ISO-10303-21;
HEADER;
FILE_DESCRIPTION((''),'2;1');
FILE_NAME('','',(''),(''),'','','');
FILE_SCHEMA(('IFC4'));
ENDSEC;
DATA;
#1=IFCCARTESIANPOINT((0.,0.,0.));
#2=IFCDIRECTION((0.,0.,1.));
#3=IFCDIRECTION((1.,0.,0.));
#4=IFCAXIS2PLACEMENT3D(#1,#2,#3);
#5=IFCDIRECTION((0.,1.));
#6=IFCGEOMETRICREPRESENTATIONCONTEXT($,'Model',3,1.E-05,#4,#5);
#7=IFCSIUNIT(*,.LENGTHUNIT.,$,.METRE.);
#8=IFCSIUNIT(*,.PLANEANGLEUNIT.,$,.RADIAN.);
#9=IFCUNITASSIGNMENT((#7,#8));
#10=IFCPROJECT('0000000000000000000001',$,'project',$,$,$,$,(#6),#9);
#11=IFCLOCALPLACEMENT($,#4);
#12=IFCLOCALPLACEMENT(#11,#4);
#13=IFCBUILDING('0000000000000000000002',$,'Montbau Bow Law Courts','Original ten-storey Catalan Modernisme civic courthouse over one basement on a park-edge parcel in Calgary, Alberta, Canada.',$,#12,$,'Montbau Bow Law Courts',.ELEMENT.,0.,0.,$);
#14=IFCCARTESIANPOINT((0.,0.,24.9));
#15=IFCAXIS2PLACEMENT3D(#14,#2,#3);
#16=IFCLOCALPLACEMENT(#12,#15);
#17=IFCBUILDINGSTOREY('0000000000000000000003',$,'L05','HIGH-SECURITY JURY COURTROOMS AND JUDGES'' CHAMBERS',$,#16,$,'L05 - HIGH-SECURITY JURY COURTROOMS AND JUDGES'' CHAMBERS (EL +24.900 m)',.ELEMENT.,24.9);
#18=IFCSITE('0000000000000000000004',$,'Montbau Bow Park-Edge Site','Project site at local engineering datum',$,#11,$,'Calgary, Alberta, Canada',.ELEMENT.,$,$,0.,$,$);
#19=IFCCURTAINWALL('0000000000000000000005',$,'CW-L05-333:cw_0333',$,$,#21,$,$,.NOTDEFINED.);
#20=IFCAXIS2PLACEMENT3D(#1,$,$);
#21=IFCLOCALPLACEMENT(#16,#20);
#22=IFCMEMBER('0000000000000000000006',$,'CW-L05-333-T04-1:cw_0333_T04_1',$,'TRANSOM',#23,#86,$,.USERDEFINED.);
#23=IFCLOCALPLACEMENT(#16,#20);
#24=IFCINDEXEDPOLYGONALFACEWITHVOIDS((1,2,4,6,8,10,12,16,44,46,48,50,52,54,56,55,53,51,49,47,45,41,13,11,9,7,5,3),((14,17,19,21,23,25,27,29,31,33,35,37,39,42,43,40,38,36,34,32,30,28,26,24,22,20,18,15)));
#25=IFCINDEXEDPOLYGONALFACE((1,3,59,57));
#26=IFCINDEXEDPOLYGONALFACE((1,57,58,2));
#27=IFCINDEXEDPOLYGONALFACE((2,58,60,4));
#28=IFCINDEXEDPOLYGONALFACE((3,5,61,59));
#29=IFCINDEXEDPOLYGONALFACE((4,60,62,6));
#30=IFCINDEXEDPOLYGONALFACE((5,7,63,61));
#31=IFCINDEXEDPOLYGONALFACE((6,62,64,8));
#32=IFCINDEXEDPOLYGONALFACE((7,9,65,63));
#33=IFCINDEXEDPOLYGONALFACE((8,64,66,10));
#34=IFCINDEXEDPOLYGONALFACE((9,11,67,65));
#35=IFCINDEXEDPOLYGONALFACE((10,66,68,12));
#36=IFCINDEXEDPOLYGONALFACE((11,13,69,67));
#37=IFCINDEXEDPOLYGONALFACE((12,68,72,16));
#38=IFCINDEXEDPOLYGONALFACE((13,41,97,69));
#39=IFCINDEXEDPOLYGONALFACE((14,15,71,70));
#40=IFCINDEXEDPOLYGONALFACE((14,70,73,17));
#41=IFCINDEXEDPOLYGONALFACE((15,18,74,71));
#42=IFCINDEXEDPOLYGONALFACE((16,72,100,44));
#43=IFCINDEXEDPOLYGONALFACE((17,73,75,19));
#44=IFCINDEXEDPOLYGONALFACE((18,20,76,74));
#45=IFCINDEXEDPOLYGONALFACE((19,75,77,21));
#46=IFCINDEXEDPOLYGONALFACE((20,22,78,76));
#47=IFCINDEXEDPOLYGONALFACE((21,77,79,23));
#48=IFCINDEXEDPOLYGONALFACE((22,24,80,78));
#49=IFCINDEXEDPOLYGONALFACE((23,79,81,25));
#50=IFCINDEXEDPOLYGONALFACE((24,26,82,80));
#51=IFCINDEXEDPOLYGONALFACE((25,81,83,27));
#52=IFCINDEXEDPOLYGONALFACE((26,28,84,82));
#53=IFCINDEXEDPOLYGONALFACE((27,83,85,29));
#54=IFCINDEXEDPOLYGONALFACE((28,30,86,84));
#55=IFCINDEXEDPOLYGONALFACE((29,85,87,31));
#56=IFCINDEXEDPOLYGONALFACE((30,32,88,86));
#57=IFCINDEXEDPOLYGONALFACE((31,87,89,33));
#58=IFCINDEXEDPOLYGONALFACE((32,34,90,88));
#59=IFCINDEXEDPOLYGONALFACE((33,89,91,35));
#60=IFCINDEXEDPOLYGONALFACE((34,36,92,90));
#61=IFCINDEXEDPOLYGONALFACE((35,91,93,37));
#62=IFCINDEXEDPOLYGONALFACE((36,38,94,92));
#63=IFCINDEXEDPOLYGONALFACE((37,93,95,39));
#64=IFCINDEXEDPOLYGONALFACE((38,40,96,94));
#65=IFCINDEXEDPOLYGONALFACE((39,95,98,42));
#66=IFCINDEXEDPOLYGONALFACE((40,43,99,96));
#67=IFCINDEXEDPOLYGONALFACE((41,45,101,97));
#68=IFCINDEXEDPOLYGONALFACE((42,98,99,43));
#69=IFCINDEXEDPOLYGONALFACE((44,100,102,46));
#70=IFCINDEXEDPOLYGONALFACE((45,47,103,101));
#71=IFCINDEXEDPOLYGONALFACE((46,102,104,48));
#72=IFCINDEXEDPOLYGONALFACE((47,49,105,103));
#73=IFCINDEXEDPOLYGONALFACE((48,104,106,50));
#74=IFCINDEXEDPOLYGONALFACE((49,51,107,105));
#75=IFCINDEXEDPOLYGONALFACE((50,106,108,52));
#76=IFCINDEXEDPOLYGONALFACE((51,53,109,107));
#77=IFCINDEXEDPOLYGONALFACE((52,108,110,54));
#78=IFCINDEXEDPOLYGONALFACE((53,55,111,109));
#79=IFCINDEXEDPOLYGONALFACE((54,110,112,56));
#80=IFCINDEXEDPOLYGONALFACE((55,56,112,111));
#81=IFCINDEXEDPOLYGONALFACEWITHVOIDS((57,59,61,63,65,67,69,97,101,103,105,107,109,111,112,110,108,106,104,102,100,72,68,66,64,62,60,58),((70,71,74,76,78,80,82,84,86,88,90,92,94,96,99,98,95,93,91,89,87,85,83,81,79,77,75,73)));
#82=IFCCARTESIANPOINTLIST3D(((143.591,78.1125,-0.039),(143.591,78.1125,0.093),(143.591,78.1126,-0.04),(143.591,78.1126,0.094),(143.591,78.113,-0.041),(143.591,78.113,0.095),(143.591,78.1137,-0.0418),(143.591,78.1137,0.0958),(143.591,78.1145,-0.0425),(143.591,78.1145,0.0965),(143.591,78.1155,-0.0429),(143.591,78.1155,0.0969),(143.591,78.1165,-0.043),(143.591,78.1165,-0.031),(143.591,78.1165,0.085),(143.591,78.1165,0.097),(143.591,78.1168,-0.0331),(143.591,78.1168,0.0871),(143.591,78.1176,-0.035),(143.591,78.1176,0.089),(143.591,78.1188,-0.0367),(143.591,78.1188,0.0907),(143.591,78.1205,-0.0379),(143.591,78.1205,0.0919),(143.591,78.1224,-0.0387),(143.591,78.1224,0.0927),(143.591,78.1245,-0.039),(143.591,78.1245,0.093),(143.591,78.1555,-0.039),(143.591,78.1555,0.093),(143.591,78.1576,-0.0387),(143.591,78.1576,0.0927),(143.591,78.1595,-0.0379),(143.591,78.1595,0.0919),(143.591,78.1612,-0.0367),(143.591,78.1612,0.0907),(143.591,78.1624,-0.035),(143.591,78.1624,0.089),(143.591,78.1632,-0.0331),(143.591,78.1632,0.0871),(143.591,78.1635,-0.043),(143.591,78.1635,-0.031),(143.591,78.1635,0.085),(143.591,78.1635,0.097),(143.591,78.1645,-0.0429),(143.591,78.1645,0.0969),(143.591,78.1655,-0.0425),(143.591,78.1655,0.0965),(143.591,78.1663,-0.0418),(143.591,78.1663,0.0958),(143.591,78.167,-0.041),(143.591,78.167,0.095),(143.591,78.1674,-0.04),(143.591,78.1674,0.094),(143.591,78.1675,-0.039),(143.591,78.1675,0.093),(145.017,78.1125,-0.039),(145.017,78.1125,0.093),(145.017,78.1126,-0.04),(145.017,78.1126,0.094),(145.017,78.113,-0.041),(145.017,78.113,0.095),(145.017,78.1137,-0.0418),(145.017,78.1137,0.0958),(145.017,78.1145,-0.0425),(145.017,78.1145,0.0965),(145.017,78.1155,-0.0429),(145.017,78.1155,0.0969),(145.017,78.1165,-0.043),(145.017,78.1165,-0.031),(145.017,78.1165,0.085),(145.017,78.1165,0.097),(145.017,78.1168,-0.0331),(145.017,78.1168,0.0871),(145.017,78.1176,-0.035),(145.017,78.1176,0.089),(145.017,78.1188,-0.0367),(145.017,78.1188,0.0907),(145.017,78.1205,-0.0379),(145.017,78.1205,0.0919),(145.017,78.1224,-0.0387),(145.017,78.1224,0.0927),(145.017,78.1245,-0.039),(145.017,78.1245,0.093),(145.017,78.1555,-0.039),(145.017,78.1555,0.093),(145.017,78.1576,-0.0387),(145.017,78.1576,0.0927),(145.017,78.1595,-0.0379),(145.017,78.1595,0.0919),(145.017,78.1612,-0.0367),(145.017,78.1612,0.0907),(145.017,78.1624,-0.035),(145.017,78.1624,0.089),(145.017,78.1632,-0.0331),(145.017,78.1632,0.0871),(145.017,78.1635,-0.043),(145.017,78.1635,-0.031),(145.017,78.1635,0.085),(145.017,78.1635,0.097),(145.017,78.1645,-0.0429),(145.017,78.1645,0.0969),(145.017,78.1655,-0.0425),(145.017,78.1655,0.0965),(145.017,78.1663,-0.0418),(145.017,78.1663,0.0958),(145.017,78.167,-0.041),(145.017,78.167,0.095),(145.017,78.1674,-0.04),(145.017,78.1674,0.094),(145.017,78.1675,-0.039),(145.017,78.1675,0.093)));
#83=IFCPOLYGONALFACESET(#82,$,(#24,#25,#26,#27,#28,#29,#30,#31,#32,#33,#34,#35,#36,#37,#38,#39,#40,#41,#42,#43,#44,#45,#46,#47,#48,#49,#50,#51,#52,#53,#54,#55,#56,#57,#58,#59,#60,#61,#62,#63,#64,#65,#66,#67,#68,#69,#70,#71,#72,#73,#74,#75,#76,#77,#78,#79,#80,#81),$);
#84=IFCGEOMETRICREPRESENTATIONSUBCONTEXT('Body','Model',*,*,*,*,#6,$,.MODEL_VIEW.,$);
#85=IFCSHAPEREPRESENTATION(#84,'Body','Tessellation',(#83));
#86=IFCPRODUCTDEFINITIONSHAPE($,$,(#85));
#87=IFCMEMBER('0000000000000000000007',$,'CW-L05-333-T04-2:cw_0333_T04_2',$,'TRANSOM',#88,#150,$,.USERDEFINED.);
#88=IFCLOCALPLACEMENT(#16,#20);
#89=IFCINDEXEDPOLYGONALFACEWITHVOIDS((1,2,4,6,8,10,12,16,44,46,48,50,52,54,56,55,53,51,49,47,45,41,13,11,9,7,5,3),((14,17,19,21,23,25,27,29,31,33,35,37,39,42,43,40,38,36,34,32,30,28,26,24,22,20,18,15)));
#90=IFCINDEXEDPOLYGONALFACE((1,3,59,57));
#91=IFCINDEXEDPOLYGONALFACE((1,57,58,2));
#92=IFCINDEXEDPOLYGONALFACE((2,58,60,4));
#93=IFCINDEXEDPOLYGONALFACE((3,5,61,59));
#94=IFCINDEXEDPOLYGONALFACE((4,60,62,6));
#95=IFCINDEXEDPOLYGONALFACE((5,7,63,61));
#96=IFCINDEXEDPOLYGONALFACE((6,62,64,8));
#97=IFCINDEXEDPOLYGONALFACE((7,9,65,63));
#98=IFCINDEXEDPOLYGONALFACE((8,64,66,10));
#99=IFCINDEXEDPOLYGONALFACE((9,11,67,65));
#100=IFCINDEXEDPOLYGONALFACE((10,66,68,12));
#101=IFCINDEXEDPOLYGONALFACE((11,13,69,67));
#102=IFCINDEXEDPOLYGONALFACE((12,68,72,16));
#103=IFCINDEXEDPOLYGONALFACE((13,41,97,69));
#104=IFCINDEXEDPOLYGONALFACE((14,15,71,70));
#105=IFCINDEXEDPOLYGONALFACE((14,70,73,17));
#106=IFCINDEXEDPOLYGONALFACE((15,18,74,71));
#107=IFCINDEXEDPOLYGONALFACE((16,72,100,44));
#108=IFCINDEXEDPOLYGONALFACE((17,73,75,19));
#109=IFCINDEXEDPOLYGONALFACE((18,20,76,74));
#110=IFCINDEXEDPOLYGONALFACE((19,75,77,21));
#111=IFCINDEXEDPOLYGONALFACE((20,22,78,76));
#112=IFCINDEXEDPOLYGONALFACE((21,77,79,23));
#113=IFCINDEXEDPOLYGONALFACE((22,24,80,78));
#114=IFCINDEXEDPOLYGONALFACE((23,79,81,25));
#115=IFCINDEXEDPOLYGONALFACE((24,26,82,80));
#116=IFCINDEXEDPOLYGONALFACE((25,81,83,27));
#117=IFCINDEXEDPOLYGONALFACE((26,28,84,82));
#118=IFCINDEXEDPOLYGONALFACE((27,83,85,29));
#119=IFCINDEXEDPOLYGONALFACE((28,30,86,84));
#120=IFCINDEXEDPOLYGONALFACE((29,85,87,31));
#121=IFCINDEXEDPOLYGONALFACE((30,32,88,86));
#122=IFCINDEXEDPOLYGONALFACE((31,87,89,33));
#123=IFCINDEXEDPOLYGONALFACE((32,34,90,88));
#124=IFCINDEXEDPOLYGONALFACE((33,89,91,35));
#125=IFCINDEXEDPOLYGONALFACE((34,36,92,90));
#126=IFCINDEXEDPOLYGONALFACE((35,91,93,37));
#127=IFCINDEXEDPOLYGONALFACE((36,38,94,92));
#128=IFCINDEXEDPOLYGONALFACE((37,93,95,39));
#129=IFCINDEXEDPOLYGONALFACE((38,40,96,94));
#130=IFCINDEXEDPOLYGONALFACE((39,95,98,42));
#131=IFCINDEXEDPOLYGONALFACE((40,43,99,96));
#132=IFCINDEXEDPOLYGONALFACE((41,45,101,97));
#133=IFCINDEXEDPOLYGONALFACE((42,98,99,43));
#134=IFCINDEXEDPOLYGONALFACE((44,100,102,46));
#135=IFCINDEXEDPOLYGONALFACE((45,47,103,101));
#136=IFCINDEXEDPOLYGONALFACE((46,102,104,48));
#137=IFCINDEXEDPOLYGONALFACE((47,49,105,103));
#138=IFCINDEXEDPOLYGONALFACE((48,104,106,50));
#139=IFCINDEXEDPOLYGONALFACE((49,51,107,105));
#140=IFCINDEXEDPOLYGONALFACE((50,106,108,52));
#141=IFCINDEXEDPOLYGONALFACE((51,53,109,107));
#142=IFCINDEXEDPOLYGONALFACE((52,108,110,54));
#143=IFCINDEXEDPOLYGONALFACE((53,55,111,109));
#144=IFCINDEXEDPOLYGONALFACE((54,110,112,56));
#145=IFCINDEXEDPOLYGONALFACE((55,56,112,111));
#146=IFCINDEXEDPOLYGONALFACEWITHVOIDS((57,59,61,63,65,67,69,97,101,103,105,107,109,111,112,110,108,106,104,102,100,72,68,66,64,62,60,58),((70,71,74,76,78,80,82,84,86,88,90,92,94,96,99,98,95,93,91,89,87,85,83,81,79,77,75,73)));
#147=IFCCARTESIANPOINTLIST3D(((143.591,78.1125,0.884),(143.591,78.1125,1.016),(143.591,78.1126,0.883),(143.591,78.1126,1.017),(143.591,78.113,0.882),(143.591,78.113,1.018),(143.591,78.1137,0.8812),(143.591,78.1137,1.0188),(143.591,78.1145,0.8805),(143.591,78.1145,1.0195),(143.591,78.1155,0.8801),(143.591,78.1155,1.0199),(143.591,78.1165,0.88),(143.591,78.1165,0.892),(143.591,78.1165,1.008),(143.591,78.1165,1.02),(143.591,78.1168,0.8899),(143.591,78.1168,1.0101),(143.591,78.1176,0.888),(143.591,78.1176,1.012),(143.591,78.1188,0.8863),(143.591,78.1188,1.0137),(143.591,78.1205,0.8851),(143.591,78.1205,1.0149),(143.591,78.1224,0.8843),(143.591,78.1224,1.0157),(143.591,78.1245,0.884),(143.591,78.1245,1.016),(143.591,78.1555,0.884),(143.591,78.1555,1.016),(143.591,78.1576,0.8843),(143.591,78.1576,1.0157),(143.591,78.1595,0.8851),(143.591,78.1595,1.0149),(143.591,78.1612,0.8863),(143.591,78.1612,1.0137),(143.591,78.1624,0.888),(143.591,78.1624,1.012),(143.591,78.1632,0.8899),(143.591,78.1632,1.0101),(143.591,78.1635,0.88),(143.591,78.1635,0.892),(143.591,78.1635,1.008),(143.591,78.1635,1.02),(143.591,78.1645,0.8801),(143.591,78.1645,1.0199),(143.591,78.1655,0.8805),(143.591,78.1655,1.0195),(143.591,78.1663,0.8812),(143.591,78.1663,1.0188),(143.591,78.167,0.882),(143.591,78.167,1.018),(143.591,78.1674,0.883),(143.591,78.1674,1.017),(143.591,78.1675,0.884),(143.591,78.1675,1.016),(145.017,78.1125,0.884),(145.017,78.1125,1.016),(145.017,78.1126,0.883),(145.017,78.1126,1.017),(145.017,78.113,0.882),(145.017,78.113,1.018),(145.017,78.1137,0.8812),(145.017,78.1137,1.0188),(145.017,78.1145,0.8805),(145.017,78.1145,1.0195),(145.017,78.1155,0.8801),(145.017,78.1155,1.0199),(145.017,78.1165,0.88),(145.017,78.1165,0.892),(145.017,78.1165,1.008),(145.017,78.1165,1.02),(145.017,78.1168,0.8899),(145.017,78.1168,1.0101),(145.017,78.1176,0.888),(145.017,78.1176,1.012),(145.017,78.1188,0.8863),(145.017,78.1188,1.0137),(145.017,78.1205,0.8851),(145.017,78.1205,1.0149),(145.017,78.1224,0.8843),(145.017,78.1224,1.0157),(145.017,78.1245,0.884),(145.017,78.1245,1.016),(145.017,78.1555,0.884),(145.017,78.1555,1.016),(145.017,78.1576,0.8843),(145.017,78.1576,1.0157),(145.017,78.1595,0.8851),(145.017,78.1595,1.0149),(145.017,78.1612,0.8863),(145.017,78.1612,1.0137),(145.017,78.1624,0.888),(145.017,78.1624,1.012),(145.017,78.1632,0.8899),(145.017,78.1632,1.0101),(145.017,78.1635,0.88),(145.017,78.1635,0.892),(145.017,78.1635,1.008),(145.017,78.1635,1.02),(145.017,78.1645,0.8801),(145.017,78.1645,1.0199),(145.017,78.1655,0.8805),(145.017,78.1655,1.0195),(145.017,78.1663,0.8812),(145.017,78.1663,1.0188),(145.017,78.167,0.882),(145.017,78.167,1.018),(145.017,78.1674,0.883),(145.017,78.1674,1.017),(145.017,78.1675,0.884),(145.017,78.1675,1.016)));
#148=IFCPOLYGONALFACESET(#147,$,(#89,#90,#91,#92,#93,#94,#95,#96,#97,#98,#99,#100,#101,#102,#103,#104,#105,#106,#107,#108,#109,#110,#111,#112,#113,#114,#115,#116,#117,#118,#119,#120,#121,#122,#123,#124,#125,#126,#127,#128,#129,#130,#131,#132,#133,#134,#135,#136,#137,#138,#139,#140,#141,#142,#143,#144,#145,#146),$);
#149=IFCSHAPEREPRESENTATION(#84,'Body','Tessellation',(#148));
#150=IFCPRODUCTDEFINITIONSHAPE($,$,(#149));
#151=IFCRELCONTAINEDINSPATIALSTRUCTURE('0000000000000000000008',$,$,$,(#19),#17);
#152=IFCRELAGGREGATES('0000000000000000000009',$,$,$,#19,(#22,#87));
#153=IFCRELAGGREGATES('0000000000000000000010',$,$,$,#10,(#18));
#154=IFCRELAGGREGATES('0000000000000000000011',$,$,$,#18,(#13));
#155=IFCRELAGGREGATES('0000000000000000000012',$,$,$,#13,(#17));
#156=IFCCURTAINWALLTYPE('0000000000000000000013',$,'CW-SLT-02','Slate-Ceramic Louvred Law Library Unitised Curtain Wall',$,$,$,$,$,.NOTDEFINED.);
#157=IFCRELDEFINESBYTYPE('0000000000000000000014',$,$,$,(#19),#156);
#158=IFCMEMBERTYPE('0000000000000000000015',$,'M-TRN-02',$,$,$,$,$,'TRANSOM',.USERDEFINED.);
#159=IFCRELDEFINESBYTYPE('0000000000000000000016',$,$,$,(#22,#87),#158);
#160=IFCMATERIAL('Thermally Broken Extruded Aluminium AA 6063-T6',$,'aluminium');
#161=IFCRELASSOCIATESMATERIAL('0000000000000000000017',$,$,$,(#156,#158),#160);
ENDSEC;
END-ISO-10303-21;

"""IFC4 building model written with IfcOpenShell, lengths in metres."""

from ifc_helpers import new_model, si_unit, direction, frame, origin_with_axes, origin_2d_with_axis, place, context, subcontext, project, spatial, hollow_rectangle, extrude, material, material_profile, profile_set, type_object, element, aggregate, save


model = new_model("IFC4")

# Units and contexts
model_context = context("Model", 3, precision=1e-05, world=origin_with_axes(), true_north=direction((0.0, 1.0)))
body_context = subcontext(model_context, "Body", "Model", "MODEL_VIEW")
ifc_project = project(units=[si_unit("LENGTHUNIT", "METRE"), si_unit("PLANEANGLEUNIT", "RADIAN")], contexts=[model_context])

# Site, building, storey
site_placement = place(None, origin_with_axes())
site = spatial("IfcSite", under=ifc_project, at=site_placement, Name="Montbau Bow Park-Edge Site", Description="Project site at local engineering datum", LongName="Calgary, Alberta, Canada", CompositionType="ELEMENT", RefElevation=0.0)
building_placement = place(site_placement, origin_with_axes())
building = spatial("IfcBuilding", under=site, at=building_placement, Name="Montbau Bow Law Courts", Description="Original ten-storey Catalan Modernisme civic courthouse over one basement on a park-edge parcel in Calgary, Alberta, Canada.", LongName="Montbau Bow Law Courts", CompositionType="ELEMENT", ElevationOfRefHeight=0.0, ElevationOfTerrain=0.0)
storey_placement = place(building_placement, frame((0.0, 0.0, 24.9), z_axis=(0.0, 0.0, 1.0), x_axis=(1.0, 0.0, 0.0)))
storey = spatial("IfcBuildingStorey", under=building, at=storey_placement, Name="L05", Description="HIGH-SECURITY JURY COURTROOMS AND JUDGES' CHAMBERS", LongName="L05 - HIGH-SECURITY JURY COURTROOMS AND JUDGES' CHAMBERS (EL +24.900 m)", CompositionType="ELEMENT", Elevation=24.9)

# Curtain wall, members
ifc_material_1 = material(Name="Thermally Broken Extruded Aluminium AA 6063-T6", Category="aluminium")
curtain_wall_type = type_object("IfcCurtainWallType", Name="CW-SLT-02", Description="Slate-Ceramic Louvred Law Library Unitised Curtain Wall", PredefinedType="NOTDEFINED", material=ifc_material_1)
curtain_wall_placement = place(None, frame((139.04, 78.14, 24.9), z_axis=(0.0, 0.0, 1.0), x_axis=(1.0, 0.0, 0.0)))
curtain_wall = element("IfcCurtainWall", 1, at=curtain_wall_placement, inside=storey, type_object=curtain_wall_type, Name="CW-L05-333:cw_0333", PredefinedType="NOTDEFINED")
ifc_material_profile_1 = material_profile(ifc_material_1, hollow_rectangle(XDim=0.055, YDim=0.14, WallThickness=0.004, InnerFilletRadius=0.008, OuterFilletRadius=0.004, at=origin_2d_with_axis()), Name="CWT-140X55", Category="Main", Priority=0)
ifc_profile_set_1 = profile_set([ifc_material_profile_1], Name="Thermally Broken Extruded Aluminium AA 6063-T6")
member_type_1 = type_object("IfcMemberType", Name="M-TRN-02", ElementType="TRANSOM", PredefinedType="USERDEFINED", material=ifc_profile_set_1)
member_1_placement = place(None, frame((143.591, 78.14, 24.927), z_axis=(1.0, 0.0, 0.0), x_axis=(0.0, 1.0, 0.0)))
member_1 = element("IfcMember", 2, at=member_1_placement, type_object=member_type_1, Name="CW-L05-333-T04-1:cw_0333_T04_1", ObjectType="TRANSOM", PredefinedType="USERDEFINED", context=body_context, shape_type="SweptSolid", body=[
    extrude(hollow_rectangle(XDim=0.055, YDim=0.14, WallThickness=0.004, InnerFilletRadius=0.008, OuterFilletRadius=0.004, at=origin_2d_with_axis()), origin_with_axes(), (0.0, 0.0, 1.0), 1.426),
])
member_2_placement = place(None, frame((143.591, 78.14, 25.85), z_axis=(1.0, 0.0, 0.0), x_axis=(0.0, 1.0, 0.0)))
member_2 = element("IfcMember", 3, at=member_2_placement, type_object=member_type_1, Name="CW-L05-333-T04-2:cw_0333_T04_2", ObjectType="TRANSOM", PredefinedType="USERDEFINED", context=body_context, shape_type="SweptSolid", body=[
    extrude(hollow_rectangle(XDim=0.055, YDim=0.14, WallThickness=0.004, InnerFilletRadius=0.008, OuterFilletRadius=0.004, at=origin_2d_with_axis()), origin_with_axes(), (0.0, 0.0, 1.0), 1.426),
])
aggregate(curtain_wall, [member_1, member_2])

save(model, "model.ifc")
